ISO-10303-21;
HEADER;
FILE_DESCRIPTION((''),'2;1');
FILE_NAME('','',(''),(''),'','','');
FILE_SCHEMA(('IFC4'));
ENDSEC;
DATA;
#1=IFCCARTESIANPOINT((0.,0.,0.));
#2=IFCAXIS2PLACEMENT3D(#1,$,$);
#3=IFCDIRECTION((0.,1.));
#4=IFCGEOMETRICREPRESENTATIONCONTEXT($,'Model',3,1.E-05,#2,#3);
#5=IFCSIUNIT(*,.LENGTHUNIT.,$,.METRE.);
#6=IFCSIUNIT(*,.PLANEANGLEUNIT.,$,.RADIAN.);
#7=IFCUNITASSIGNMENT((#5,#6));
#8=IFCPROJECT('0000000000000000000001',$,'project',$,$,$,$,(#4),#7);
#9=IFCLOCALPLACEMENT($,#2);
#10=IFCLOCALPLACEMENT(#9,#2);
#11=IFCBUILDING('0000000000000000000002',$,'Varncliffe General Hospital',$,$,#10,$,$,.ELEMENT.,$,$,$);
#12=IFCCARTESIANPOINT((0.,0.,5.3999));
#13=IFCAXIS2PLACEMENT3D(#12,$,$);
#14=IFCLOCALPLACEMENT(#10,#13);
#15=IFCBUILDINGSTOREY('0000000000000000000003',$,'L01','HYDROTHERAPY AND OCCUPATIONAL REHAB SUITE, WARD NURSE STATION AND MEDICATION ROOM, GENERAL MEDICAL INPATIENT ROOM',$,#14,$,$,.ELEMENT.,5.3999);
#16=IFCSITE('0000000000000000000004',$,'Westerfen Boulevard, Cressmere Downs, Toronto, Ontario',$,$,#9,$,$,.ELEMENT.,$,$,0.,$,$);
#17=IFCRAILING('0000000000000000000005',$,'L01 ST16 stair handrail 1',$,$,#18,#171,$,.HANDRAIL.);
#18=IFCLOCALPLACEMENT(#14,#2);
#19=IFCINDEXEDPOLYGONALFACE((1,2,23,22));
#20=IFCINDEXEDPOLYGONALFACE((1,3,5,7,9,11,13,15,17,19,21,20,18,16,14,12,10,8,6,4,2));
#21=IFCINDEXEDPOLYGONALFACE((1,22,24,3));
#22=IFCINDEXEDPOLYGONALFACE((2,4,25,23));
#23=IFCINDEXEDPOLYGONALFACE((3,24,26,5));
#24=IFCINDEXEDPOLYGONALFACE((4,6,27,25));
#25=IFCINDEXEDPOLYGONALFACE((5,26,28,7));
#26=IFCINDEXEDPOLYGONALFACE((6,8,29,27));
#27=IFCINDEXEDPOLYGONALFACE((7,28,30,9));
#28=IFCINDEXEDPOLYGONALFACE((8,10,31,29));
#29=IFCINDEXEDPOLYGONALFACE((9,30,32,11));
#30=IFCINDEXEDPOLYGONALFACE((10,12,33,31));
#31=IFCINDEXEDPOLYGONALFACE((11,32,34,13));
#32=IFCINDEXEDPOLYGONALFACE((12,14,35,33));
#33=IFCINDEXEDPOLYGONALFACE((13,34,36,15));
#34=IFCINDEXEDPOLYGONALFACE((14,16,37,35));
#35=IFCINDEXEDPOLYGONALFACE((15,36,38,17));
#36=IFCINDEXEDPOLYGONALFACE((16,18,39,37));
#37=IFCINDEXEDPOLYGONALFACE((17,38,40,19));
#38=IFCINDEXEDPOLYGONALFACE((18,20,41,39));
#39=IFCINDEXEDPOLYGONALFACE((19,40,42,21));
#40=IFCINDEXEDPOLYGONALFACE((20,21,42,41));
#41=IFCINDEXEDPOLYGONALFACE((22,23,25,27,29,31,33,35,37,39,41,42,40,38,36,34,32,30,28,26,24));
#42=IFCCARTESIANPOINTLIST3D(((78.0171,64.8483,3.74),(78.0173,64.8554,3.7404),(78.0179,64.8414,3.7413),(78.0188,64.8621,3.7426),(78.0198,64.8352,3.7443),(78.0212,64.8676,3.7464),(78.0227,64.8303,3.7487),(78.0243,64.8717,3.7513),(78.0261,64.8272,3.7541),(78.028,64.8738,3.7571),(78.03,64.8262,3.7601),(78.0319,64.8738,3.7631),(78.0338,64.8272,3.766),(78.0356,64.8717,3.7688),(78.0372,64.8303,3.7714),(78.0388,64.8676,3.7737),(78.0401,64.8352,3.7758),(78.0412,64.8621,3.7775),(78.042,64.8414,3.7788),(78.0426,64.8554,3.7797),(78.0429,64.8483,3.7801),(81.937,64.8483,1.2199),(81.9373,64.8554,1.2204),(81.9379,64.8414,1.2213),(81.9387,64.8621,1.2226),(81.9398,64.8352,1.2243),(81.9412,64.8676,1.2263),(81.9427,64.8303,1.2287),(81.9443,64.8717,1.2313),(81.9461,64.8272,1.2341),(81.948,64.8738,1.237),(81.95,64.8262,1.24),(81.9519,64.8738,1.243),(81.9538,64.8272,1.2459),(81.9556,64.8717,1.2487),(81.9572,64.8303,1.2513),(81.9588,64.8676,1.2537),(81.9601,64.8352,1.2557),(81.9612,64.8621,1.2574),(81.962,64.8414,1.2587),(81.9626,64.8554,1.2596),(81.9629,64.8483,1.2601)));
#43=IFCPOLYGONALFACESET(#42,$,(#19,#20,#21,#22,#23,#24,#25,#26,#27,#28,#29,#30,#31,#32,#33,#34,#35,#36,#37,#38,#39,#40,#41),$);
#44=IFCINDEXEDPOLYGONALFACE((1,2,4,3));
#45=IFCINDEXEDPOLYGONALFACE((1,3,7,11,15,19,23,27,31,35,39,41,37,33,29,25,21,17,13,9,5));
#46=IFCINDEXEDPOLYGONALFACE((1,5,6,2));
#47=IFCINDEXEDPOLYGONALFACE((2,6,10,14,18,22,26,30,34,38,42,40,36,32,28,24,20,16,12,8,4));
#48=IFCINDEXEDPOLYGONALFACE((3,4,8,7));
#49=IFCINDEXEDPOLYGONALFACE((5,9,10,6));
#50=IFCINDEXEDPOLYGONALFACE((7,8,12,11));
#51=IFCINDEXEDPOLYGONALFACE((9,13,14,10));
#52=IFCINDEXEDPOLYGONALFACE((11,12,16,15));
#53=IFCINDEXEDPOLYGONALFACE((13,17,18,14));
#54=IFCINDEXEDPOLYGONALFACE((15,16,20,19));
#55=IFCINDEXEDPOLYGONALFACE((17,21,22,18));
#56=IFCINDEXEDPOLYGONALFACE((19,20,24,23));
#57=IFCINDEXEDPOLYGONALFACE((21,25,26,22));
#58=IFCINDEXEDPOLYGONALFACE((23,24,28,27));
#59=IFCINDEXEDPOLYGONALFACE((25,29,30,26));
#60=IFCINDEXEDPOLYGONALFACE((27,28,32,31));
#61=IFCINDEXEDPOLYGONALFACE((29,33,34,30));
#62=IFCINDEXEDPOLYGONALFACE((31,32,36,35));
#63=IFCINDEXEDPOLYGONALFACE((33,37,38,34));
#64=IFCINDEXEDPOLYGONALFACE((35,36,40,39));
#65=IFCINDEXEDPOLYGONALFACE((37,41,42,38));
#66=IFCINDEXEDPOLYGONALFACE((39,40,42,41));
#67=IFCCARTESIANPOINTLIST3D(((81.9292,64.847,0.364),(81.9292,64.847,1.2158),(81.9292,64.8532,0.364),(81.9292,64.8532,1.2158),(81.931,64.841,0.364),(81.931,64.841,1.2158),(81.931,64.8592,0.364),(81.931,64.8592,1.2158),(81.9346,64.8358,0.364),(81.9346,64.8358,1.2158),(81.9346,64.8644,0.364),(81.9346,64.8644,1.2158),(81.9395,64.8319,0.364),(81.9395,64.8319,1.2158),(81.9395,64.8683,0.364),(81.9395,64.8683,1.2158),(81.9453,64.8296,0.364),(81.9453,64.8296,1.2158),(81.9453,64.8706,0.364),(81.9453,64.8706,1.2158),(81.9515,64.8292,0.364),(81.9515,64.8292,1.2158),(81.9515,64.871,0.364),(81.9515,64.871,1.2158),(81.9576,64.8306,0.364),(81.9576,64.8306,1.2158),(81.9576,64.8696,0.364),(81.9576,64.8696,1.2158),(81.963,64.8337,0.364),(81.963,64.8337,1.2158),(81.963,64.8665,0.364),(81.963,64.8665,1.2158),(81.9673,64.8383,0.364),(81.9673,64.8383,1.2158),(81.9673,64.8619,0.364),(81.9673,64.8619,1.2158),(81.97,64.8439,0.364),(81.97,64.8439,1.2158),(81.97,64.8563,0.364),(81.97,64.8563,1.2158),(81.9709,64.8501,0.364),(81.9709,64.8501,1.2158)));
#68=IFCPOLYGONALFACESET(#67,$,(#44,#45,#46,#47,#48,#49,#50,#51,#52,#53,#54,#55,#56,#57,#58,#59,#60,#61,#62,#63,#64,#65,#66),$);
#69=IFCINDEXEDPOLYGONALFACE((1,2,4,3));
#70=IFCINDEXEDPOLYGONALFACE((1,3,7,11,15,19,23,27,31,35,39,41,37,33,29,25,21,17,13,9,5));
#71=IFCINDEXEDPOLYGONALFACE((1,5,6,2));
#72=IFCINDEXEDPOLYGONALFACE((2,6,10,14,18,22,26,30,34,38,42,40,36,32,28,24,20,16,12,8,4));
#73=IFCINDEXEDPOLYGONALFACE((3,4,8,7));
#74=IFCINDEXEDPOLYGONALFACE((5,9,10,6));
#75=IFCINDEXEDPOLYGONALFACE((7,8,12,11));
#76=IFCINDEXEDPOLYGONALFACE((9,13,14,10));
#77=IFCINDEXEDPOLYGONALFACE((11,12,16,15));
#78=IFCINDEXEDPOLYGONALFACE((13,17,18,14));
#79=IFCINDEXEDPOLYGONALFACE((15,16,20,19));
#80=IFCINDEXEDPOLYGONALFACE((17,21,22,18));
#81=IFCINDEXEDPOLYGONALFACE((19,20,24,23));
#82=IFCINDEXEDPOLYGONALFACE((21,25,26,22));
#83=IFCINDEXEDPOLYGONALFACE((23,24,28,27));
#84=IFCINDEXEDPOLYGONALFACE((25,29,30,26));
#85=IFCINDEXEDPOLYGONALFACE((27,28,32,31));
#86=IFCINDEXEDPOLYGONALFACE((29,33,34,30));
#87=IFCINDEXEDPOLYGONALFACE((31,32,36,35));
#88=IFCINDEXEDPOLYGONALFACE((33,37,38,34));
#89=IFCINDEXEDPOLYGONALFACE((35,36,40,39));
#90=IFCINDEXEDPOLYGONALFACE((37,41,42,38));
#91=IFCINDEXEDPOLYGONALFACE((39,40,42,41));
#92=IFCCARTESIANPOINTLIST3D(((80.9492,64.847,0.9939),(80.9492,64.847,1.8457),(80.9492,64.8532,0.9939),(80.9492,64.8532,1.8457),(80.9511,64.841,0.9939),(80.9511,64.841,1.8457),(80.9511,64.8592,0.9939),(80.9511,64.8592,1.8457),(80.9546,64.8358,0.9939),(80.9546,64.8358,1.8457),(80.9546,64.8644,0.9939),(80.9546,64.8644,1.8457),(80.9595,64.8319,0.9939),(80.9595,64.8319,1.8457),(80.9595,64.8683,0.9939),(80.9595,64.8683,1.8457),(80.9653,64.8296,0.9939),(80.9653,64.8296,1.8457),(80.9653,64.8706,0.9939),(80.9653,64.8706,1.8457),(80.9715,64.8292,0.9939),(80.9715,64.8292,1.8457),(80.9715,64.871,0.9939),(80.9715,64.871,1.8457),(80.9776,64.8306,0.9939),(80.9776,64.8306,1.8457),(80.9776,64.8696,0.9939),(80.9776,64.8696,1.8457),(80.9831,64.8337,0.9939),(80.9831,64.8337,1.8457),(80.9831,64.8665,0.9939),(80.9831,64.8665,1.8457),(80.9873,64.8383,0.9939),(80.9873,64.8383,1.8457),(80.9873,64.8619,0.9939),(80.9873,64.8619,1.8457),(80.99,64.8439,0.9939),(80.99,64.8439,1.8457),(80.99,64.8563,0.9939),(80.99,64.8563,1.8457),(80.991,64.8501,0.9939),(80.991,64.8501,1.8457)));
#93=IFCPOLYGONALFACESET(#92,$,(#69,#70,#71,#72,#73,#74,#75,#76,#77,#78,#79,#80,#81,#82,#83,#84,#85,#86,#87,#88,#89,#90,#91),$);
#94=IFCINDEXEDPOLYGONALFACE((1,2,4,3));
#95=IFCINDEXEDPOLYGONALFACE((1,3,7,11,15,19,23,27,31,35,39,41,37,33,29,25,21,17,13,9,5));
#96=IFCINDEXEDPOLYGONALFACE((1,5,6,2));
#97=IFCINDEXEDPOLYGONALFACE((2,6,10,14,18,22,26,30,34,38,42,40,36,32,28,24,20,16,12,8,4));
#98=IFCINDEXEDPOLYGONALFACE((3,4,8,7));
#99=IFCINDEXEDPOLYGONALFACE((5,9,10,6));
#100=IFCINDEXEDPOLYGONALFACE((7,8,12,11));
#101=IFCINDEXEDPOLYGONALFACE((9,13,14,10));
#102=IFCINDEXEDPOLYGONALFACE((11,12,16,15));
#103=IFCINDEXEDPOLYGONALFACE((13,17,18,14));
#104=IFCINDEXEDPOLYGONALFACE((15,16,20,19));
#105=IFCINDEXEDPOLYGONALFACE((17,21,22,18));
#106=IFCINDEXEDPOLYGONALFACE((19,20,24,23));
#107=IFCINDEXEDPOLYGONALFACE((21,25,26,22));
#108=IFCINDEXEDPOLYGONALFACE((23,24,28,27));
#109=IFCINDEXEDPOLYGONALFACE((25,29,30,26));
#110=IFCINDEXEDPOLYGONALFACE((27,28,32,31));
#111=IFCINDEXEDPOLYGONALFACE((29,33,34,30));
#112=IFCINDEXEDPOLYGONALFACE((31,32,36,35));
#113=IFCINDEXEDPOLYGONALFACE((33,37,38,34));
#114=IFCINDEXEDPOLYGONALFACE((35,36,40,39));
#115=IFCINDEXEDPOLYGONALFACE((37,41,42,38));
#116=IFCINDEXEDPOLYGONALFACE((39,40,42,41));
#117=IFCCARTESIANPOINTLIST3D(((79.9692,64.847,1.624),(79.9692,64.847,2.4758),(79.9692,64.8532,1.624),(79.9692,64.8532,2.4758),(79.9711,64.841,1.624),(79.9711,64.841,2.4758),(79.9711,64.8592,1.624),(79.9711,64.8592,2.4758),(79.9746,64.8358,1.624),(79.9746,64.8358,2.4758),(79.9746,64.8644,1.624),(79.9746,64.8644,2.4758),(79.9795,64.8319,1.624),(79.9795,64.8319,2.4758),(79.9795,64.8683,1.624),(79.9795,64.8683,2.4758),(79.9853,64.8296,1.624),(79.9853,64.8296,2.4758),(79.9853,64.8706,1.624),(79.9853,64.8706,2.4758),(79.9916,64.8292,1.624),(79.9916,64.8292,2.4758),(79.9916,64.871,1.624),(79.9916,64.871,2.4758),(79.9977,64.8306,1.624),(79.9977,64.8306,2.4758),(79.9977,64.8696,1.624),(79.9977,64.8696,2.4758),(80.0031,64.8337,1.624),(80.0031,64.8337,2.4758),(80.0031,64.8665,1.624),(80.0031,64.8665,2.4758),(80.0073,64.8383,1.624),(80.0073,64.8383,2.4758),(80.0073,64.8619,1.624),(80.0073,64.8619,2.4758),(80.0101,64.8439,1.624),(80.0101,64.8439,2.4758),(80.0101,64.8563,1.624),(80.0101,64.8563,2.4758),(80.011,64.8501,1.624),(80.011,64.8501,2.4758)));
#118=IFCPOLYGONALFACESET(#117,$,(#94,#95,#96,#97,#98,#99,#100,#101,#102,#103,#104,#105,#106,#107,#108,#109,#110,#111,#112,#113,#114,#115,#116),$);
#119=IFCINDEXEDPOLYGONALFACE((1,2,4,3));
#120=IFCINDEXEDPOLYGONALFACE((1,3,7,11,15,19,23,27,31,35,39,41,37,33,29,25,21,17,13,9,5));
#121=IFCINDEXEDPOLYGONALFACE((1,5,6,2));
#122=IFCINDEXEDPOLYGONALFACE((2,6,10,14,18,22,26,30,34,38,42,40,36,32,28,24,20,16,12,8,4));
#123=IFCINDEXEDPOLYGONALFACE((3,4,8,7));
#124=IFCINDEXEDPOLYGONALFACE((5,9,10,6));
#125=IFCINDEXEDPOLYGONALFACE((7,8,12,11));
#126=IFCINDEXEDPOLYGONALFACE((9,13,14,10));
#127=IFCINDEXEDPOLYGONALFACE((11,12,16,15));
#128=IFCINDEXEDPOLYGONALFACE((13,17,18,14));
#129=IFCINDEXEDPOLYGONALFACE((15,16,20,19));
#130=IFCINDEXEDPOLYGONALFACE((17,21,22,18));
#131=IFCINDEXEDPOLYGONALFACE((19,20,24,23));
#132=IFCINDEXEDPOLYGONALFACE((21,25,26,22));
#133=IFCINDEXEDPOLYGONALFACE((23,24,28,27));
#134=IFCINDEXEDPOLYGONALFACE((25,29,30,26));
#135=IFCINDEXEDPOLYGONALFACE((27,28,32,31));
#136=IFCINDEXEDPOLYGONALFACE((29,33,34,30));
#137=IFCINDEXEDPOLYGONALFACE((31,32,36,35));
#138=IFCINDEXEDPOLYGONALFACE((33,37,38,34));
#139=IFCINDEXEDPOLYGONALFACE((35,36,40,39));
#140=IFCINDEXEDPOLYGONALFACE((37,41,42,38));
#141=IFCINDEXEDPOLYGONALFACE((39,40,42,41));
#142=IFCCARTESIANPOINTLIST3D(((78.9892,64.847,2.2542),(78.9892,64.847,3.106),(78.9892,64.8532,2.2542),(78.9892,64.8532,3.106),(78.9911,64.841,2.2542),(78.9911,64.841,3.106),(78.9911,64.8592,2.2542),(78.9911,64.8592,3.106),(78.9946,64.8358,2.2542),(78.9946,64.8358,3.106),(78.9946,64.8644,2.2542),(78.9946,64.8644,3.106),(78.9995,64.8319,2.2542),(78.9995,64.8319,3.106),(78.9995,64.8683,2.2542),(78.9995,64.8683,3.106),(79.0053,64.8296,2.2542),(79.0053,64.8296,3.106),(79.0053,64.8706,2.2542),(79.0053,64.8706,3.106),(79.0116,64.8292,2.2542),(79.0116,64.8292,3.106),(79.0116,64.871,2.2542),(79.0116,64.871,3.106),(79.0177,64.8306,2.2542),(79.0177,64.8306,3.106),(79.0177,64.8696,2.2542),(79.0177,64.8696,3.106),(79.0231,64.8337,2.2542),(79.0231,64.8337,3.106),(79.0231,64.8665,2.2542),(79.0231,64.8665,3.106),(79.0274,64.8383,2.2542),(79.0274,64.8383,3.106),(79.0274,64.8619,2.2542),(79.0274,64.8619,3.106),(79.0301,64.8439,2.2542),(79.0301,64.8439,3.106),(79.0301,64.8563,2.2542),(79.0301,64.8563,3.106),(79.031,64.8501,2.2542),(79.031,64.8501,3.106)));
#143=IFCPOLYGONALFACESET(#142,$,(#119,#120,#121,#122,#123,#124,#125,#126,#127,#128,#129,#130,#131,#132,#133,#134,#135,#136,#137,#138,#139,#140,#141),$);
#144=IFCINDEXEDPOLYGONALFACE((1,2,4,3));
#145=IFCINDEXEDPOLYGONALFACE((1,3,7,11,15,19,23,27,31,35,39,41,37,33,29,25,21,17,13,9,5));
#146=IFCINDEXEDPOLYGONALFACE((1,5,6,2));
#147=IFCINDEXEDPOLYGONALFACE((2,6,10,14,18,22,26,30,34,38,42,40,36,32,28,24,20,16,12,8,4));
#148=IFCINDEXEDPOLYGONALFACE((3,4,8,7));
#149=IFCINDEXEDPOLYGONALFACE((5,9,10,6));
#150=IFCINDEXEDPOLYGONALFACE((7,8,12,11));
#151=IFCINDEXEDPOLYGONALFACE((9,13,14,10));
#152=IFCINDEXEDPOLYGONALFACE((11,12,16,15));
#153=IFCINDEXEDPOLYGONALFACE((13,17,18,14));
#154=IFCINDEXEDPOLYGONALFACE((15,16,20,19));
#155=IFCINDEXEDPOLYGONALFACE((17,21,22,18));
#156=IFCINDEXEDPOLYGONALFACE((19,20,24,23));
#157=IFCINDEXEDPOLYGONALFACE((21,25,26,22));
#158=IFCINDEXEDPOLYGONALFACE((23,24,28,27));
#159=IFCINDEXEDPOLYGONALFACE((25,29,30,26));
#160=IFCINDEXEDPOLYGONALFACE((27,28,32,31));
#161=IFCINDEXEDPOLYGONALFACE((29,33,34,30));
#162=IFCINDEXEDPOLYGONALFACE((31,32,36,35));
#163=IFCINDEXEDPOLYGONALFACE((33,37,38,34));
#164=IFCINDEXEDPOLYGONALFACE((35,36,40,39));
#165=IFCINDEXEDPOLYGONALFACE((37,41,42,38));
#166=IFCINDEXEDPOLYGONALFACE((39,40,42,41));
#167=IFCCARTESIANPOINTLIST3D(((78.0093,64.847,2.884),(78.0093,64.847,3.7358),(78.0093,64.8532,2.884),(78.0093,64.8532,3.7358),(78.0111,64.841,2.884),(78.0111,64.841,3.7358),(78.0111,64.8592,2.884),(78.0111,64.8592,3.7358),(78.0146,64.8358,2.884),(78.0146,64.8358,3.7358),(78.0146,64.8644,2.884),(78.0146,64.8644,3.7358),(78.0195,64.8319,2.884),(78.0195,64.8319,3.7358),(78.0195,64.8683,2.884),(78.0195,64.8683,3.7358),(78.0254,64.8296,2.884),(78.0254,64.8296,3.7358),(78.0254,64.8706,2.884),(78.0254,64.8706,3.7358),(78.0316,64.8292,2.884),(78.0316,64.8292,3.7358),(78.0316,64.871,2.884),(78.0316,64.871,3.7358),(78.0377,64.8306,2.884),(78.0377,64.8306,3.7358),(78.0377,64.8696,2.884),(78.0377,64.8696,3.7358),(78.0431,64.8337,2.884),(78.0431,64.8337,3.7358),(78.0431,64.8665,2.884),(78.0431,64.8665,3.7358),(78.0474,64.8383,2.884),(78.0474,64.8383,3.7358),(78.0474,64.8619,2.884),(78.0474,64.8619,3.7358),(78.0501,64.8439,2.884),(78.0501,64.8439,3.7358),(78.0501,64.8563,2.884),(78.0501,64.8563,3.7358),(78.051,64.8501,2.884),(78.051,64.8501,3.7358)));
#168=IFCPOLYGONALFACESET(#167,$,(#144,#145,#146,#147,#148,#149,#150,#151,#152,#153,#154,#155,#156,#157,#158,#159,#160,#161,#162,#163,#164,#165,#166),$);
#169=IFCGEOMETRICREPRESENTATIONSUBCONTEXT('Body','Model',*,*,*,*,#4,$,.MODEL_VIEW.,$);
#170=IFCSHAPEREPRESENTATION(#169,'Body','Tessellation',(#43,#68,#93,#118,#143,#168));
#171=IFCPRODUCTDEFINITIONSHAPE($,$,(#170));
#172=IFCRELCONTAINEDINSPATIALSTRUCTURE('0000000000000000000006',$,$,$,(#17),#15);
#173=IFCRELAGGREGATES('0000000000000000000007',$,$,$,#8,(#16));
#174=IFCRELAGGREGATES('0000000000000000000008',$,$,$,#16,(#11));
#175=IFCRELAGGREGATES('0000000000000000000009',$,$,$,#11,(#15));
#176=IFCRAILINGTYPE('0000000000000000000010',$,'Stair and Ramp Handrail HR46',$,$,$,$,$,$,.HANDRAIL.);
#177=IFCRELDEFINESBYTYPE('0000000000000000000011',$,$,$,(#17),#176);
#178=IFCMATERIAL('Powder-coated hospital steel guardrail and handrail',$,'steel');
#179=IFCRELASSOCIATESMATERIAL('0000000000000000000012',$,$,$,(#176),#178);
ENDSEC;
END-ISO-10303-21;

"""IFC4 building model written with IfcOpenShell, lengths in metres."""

from ifc_helpers import new_model, si_unit, direction, frame, origin, origin_2d, place, context, subcontext, project, spatial, circle, extrude, material, type_object, element, save


model = new_model("IFC4")

# Units and contexts
model_context = context("Model", 3, precision=1e-05, world=origin(), true_north=direction((0.0, 1.0)))
body_context = subcontext(model_context, "Body", "Model", "MODEL_VIEW")
ifc_project = project(units=[si_unit("LENGTHUNIT", "METRE"), si_unit("PLANEANGLEUNIT", "RADIAN")], contexts=[model_context])

# Site, building, storey
site_placement = place(None, origin())
site = spatial("IfcSite", under=ifc_project, at=site_placement, Name="Westerfen Boulevard, Cressmere Downs, Toronto, Ontario", CompositionType="ELEMENT", RefElevation=0.0)
building_placement = place(site_placement, origin())
building = spatial("IfcBuilding", under=site, at=building_placement, Name="Varncliffe General Hospital", CompositionType="ELEMENT")
storey_placement = place(building_placement, frame((0.0, 0.0, 5.3999)))
storey = spatial("IfcBuildingStorey", under=building, at=storey_placement, Name="L01", Description="HYDROTHERAPY AND OCCUPATIONAL REHAB SUITE, WARD NURSE STATION AND MEDICATION ROOM, GENERAL MEDICAL INPATIENT ROOM", CompositionType="ELEMENT", Elevation=5.3999)

# Railing
ifc_material_1 = material(Name="Powder-coated hospital steel guardrail and handrail", Category="steel")
railing_type_1 = type_object("IfcRailingType", Name="Stair and Ramp Handrail HR46", PredefinedType="HANDRAIL", material=ifc_material_1)
railing_1_placement = place(storey_placement, frame((81.95, 64.8501, 0.364)))
element("IfcRailing", 1, at=railing_1_placement, inside=storey, type_object=railing_type_1, Name="L01 ST16 stair handrail 1", PredefinedType="HANDRAIL", context=body_context, shape_type="SweptSolid", body=[
    extrude(circle(Radius=0.0239, at=origin_2d()), frame((0.0, 0.0, 0.876), z_axis=(-0.841172, 0.0, 0.540768), x_axis=(0.0, -1.0, 0.0)), (0.0, 0.0, 1.0), 4.6602),
    extrude(circle(Radius=0.021, at=origin_2d()), origin(), (0.0, 0.0, 1.0), 0.8518),
    extrude(circle(Radius=0.021, at=origin_2d()), frame((-0.98, 0.0, 0.6299)), (0.0, 0.0, 1.0), 0.8518),
    extrude(circle(Radius=0.021, at=origin_2d()), frame((-1.96, 0.0, 1.26)), (0.0, 0.0, 1.0), 0.8518),
    extrude(circle(Radius=0.021, at=origin_2d()), frame((-2.9399, 0.0, 1.8901)), (0.0, 0.0, 1.0), 0.8518),
    extrude(circle(Radius=0.021, at=origin_2d()), frame((-3.9199, 0.0, 2.52)), (0.0, 0.0, 1.0), 0.8518),
])

save(model, "model.ifc")
